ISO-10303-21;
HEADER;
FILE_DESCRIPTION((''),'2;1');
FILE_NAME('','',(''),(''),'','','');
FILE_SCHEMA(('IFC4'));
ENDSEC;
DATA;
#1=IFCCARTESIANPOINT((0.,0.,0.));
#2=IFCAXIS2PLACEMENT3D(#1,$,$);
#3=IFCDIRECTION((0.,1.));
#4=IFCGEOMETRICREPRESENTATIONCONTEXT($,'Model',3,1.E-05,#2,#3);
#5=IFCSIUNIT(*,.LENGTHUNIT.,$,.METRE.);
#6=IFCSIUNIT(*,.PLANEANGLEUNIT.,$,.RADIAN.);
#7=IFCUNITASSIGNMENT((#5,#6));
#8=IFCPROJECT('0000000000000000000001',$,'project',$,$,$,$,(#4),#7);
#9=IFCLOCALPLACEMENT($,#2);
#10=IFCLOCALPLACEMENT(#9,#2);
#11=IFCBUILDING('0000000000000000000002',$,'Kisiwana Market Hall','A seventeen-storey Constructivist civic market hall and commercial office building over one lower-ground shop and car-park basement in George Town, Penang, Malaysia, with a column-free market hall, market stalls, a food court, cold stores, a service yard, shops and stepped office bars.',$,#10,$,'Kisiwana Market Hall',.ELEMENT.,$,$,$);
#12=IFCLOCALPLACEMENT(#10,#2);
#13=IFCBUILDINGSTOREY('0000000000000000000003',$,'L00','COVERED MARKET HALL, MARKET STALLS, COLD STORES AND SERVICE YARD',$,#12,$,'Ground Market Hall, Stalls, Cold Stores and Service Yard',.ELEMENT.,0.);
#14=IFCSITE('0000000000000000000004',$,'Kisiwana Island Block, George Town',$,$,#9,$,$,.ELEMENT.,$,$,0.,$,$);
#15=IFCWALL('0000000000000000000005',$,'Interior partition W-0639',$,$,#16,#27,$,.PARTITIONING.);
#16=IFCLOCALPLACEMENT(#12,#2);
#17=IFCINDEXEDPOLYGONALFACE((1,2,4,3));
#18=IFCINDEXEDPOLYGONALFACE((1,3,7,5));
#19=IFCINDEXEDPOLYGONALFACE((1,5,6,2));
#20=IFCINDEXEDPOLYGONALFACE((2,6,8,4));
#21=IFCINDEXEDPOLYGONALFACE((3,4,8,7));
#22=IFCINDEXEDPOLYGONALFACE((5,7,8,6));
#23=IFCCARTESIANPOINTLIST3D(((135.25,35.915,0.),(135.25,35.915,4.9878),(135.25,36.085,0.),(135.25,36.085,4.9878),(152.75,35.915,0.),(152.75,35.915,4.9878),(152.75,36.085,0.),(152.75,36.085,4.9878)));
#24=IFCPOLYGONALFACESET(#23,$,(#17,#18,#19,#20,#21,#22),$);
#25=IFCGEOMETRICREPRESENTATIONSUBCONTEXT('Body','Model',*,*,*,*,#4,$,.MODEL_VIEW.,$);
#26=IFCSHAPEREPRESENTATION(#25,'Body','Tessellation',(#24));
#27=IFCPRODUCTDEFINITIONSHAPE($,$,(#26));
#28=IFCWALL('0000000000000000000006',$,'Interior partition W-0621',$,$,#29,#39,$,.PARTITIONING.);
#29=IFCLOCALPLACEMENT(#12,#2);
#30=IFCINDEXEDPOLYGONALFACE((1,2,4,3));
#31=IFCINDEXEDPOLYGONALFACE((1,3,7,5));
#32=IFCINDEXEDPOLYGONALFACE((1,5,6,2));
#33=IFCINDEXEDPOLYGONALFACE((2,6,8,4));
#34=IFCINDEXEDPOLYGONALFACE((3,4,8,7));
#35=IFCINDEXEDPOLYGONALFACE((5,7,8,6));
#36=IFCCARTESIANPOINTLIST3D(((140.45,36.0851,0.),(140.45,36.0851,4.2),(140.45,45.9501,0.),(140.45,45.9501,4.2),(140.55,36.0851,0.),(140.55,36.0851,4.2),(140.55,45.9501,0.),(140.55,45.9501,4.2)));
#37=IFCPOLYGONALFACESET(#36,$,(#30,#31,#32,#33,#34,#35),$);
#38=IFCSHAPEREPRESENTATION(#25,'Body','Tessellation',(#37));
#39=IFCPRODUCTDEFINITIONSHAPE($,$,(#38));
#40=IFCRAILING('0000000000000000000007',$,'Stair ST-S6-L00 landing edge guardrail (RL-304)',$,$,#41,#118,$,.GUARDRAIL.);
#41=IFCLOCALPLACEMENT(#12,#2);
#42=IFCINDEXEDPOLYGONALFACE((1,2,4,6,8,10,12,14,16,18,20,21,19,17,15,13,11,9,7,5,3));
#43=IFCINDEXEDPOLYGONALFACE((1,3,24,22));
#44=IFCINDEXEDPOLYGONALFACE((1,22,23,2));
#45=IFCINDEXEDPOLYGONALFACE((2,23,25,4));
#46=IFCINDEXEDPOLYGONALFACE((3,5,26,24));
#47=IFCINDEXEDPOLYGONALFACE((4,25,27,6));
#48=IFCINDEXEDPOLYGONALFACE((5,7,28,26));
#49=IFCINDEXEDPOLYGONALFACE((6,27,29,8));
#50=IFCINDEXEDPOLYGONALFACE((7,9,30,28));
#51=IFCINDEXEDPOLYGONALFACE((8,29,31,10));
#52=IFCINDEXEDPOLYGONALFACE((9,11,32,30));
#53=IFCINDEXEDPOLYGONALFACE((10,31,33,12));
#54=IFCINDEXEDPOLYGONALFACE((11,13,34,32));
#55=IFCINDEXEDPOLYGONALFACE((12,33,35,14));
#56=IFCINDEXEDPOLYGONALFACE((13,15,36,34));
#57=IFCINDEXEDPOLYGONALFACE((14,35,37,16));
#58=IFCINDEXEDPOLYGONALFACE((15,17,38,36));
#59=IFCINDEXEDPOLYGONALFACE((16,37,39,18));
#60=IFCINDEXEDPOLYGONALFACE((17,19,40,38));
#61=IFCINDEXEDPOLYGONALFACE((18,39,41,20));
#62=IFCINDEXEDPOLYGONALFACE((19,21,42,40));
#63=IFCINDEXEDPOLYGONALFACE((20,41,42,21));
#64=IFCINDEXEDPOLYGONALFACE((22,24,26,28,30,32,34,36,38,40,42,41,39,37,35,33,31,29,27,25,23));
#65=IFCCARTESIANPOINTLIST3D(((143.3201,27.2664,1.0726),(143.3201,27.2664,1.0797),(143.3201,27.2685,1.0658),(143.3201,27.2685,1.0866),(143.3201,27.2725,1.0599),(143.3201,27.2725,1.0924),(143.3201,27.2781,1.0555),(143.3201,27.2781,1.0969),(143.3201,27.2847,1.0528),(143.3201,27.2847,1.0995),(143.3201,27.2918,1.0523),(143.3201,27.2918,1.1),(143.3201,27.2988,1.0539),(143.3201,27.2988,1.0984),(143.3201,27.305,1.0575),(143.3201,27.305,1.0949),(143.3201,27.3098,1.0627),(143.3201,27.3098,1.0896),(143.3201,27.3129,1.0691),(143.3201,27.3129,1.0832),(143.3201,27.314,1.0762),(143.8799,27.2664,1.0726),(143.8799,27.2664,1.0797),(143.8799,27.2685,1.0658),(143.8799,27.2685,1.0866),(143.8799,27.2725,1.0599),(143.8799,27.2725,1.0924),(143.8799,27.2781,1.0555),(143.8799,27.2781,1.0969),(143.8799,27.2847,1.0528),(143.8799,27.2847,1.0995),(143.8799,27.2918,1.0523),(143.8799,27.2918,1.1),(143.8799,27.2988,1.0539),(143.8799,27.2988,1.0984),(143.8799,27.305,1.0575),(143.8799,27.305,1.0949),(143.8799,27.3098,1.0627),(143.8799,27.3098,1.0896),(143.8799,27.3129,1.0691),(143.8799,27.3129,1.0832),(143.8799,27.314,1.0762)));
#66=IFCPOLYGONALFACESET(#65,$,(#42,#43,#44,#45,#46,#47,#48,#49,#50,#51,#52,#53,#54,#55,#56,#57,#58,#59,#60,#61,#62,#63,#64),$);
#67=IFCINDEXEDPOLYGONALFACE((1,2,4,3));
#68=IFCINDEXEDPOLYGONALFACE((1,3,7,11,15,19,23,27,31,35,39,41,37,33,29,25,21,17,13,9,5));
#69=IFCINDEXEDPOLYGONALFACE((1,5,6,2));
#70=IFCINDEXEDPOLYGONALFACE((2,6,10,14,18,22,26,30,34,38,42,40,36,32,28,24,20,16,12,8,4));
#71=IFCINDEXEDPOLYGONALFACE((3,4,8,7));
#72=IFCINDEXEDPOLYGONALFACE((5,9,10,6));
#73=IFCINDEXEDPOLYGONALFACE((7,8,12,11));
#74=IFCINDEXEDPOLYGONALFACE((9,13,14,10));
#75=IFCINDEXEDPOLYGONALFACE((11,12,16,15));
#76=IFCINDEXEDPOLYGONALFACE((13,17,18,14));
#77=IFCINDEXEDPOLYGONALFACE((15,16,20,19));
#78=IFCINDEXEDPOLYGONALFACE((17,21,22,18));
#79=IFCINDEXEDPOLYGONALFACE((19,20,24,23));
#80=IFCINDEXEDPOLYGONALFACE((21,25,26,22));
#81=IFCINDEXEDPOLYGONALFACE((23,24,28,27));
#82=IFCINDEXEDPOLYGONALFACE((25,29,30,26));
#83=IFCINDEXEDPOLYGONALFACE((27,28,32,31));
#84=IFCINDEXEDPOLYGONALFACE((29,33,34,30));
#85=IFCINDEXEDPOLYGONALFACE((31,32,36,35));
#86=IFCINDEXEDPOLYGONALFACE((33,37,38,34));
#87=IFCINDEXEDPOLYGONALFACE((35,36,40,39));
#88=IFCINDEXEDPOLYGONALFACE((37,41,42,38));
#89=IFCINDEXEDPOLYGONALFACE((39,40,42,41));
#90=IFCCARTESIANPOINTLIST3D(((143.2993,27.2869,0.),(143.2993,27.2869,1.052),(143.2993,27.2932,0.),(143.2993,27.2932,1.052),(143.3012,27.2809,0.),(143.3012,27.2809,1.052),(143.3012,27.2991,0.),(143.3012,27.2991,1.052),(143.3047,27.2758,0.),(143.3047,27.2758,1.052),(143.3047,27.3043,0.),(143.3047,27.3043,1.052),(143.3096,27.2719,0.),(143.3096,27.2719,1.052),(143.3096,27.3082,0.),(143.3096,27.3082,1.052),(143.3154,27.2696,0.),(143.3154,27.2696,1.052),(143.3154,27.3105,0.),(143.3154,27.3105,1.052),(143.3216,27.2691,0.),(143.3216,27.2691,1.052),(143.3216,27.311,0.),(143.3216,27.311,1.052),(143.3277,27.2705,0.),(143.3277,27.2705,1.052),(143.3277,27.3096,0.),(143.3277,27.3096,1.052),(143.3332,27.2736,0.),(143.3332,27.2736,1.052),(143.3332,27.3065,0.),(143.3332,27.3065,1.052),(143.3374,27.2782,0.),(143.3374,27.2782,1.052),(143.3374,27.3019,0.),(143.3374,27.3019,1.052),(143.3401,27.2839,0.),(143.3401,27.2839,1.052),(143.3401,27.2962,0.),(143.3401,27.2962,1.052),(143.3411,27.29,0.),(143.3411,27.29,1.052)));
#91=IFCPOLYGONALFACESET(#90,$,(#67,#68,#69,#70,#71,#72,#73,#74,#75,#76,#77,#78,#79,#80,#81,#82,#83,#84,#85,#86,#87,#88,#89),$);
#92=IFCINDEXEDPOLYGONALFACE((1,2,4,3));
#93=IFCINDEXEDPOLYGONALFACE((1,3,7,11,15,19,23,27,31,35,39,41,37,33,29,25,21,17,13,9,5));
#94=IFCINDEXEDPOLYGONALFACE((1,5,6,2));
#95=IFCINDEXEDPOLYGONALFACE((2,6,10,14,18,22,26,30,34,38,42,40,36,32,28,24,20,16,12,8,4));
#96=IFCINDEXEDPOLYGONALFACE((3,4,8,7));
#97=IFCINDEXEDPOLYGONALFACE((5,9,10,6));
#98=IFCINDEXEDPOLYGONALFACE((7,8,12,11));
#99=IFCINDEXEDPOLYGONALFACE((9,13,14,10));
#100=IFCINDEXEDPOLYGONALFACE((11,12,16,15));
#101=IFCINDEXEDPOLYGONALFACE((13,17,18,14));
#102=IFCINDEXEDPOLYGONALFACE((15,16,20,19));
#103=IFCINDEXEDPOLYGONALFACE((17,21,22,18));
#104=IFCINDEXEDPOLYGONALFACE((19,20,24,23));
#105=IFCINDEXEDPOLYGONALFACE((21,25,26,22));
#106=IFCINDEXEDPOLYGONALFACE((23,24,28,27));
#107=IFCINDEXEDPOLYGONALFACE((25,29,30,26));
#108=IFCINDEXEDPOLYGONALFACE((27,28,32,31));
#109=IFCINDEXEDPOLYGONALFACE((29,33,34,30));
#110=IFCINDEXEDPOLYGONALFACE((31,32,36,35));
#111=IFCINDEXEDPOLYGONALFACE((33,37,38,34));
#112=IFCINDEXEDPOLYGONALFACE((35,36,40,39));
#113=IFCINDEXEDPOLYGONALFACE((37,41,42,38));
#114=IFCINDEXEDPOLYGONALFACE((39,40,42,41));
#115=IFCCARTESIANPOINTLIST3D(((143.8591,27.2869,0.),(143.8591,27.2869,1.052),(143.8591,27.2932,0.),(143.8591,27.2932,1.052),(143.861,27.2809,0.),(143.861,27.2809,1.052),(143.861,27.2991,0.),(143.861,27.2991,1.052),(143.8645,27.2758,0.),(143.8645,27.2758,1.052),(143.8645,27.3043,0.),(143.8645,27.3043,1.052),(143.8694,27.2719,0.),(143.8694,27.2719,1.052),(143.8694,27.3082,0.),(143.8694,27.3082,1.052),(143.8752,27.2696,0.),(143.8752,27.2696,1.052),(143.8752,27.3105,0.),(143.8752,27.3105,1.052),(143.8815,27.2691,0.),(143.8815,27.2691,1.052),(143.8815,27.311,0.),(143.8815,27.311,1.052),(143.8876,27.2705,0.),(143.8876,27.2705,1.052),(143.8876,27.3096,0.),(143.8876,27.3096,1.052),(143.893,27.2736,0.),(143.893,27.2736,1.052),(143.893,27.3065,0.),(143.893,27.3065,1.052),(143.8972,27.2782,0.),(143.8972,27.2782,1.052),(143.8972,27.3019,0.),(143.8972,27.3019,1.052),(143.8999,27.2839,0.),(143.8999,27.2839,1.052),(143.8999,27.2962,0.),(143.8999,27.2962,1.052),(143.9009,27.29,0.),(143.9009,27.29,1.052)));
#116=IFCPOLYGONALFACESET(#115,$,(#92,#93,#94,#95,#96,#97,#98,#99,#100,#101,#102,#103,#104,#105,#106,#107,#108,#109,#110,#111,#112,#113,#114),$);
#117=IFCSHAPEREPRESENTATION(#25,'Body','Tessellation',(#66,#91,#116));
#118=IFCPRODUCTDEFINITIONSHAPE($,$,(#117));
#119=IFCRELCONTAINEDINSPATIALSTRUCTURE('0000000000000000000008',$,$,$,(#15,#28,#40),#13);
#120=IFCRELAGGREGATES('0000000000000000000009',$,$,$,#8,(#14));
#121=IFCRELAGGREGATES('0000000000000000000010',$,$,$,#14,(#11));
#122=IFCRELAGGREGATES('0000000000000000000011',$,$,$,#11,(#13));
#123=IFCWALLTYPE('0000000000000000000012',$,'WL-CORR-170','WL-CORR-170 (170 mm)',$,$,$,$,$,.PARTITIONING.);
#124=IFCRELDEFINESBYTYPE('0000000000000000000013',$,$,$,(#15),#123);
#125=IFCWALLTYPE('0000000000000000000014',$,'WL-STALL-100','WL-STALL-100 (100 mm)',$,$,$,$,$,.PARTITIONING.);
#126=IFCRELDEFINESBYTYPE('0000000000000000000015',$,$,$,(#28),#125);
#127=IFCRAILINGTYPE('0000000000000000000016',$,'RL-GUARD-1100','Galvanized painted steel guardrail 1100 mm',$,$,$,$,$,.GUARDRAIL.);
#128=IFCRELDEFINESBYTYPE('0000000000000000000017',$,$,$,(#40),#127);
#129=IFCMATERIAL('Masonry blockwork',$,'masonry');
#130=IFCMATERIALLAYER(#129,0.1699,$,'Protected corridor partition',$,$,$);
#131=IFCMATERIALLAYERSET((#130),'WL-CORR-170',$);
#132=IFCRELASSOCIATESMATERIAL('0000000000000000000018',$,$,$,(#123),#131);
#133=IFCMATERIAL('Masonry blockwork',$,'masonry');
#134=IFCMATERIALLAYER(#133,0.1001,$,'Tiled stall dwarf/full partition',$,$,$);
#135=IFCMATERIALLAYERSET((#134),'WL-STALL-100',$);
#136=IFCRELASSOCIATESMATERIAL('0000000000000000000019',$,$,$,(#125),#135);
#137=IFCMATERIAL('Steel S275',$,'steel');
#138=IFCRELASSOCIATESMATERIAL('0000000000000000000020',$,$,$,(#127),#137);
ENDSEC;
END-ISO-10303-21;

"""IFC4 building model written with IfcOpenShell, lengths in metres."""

from ifc_helpers import new_model, si_unit, direction, frame, frame_2d, origin, origin_2d, place, context, subcontext, project, spatial, rectangle, circle, extrude, material, layer, layer_set, type_object, element, save


model = new_model("IFC4")

# Units and contexts
model_context = context("Model", 3, precision=1e-05, world=origin(), true_north=direction((0.0, 1.0)))
body_context = subcontext(model_context, "Body", "Model", "MODEL_VIEW")
ifc_project = project(units=[si_unit("LENGTHUNIT", "METRE"), si_unit("PLANEANGLEUNIT", "RADIAN")], contexts=[model_context])

# Site, building, storey
site_placement = place(None, origin())
site = spatial("IfcSite", under=ifc_project, at=site_placement, Name="Kisiwana Island Block, George Town", CompositionType="ELEMENT", RefElevation=0.0)
building_placement = place(site_placement, origin())
building = spatial("IfcBuilding", under=site, at=building_placement, Name="Kisiwana Market Hall", Description="A seventeen-storey Constructivist civic market hall and commercial office building over one lower-ground shop and car-park basement in George Town, Penang, Malaysia, with a column-free market hall, market stalls, a food court, cold stores, a service yard, shops and stepped office bars.", LongName="Kisiwana Market Hall", CompositionType="ELEMENT")
storey_placement = place(building_placement, origin())
storey = spatial("IfcBuildingStorey", under=building, at=storey_placement, Name="L00", Description="COVERED MARKET HALL, MARKET STALLS, COLD STORES AND SERVICE YARD", LongName="Ground Market Hall, Stalls, Cold Stores and Service Yard", CompositionType="ELEMENT", Elevation=0.0)

# Shared definitions
ifc_material_1 = material(Name="Masonry blockwork", Category="masonry")
ifc_layer_1 = layer(ifc_material_1, 0.1699, Name="Protected corridor partition")
ifc_layer_set_1 = layer_set([ifc_layer_1], Name="WL-CORR-170")
wall_type_1 = type_object("IfcWallType", Name="WL-CORR-170", Description="WL-CORR-170 (170 mm)", PredefinedType="PARTITIONING", material=ifc_layer_set_1)

# Walls
wall_1_placement = place(storey_placement, frame((135.25, 36.0, 0.0), z_axis=(0.0, 0.0, 1.0), x_axis=(1.0, 0.0, 0.0)))
element("IfcWall", 1, at=wall_1_placement, inside=storey, type_object=wall_type_1, Name="Interior partition W-0639", PredefinedType="PARTITIONING", context=body_context, shape_type="SweptSolid", body=[
    extrude(rectangle(XDim=17.5, YDim=0.1699, at=frame_2d((8.75, 0.0))), origin(), (0.0, 0.0, 1.0), 4.9878),
])
ifc_material_2 = material(Name="Masonry blockwork", Category="masonry")
ifc_layer_2 = layer(ifc_material_2, 0.1001, Name="Tiled stall dwarf/full partition")
ifc_layer_set_2 = layer_set([ifc_layer_2], Name="WL-STALL-100")
wall_type_2 = type_object("IfcWallType", Name="WL-STALL-100", Description="WL-STALL-100 (100 mm)", PredefinedType="PARTITIONING", material=ifc_layer_set_2)
wall_2_placement = place(storey_placement, frame((140.5, 36.085, 0.0), z_axis=(0.0, 0.0, 1.0), x_axis=(0.0, 1.0, 0.0)))
element("IfcWall", 2, at=wall_2_placement, inside=storey, type_object=wall_type_2, Name="Interior partition W-0621", PredefinedType="PARTITIONING", context=body_context, shape_type="SweptSolid", body=[
    extrude(rectangle(XDim=9.865, YDim=0.1001, at=frame_2d((4.9326, 0.0))), origin(), (0.0, 0.0, 1.0), 4.2),
])

# Railing
ifc_material_3 = material(Name="Steel S275", Category="steel")
railing_type_1 = type_object("IfcRailingType", Name="RL-GUARD-1100", Description="Galvanized painted steel guardrail 1100 mm", PredefinedType="GUARDRAIL", material=ifc_material_3)
railing_1_placement = place(storey_placement, frame((143.3201, 27.29, 0.0)))
element("IfcRailing", 3, at=railing_1_placement, inside=storey, type_object=railing_type_1, Name="Stair ST-S6-L00 landing edge guardrail (RL-304)", PredefinedType="GUARDRAIL", context=body_context, shape_type="SweptSolid", body=[
    extrude(circle(Radius=0.0239, at=origin_2d()), frame((0.0, 0.0, 1.0762), z_axis=(1.0, 0.0, 0.0), x_axis=(0.0, 1.0, 0.0)), (0.0, 0.0, 1.0), 0.5598),
    extrude(circle(Radius=0.021, at=origin_2d()), origin(), (0.0, 0.0, 1.0), 1.052),
    extrude(circle(Radius=0.021, at=origin_2d()), frame((0.5598, 0.0, 0.0)), (0.0, 0.0, 1.0), 1.052),
])

save(model, "model.ifc")
